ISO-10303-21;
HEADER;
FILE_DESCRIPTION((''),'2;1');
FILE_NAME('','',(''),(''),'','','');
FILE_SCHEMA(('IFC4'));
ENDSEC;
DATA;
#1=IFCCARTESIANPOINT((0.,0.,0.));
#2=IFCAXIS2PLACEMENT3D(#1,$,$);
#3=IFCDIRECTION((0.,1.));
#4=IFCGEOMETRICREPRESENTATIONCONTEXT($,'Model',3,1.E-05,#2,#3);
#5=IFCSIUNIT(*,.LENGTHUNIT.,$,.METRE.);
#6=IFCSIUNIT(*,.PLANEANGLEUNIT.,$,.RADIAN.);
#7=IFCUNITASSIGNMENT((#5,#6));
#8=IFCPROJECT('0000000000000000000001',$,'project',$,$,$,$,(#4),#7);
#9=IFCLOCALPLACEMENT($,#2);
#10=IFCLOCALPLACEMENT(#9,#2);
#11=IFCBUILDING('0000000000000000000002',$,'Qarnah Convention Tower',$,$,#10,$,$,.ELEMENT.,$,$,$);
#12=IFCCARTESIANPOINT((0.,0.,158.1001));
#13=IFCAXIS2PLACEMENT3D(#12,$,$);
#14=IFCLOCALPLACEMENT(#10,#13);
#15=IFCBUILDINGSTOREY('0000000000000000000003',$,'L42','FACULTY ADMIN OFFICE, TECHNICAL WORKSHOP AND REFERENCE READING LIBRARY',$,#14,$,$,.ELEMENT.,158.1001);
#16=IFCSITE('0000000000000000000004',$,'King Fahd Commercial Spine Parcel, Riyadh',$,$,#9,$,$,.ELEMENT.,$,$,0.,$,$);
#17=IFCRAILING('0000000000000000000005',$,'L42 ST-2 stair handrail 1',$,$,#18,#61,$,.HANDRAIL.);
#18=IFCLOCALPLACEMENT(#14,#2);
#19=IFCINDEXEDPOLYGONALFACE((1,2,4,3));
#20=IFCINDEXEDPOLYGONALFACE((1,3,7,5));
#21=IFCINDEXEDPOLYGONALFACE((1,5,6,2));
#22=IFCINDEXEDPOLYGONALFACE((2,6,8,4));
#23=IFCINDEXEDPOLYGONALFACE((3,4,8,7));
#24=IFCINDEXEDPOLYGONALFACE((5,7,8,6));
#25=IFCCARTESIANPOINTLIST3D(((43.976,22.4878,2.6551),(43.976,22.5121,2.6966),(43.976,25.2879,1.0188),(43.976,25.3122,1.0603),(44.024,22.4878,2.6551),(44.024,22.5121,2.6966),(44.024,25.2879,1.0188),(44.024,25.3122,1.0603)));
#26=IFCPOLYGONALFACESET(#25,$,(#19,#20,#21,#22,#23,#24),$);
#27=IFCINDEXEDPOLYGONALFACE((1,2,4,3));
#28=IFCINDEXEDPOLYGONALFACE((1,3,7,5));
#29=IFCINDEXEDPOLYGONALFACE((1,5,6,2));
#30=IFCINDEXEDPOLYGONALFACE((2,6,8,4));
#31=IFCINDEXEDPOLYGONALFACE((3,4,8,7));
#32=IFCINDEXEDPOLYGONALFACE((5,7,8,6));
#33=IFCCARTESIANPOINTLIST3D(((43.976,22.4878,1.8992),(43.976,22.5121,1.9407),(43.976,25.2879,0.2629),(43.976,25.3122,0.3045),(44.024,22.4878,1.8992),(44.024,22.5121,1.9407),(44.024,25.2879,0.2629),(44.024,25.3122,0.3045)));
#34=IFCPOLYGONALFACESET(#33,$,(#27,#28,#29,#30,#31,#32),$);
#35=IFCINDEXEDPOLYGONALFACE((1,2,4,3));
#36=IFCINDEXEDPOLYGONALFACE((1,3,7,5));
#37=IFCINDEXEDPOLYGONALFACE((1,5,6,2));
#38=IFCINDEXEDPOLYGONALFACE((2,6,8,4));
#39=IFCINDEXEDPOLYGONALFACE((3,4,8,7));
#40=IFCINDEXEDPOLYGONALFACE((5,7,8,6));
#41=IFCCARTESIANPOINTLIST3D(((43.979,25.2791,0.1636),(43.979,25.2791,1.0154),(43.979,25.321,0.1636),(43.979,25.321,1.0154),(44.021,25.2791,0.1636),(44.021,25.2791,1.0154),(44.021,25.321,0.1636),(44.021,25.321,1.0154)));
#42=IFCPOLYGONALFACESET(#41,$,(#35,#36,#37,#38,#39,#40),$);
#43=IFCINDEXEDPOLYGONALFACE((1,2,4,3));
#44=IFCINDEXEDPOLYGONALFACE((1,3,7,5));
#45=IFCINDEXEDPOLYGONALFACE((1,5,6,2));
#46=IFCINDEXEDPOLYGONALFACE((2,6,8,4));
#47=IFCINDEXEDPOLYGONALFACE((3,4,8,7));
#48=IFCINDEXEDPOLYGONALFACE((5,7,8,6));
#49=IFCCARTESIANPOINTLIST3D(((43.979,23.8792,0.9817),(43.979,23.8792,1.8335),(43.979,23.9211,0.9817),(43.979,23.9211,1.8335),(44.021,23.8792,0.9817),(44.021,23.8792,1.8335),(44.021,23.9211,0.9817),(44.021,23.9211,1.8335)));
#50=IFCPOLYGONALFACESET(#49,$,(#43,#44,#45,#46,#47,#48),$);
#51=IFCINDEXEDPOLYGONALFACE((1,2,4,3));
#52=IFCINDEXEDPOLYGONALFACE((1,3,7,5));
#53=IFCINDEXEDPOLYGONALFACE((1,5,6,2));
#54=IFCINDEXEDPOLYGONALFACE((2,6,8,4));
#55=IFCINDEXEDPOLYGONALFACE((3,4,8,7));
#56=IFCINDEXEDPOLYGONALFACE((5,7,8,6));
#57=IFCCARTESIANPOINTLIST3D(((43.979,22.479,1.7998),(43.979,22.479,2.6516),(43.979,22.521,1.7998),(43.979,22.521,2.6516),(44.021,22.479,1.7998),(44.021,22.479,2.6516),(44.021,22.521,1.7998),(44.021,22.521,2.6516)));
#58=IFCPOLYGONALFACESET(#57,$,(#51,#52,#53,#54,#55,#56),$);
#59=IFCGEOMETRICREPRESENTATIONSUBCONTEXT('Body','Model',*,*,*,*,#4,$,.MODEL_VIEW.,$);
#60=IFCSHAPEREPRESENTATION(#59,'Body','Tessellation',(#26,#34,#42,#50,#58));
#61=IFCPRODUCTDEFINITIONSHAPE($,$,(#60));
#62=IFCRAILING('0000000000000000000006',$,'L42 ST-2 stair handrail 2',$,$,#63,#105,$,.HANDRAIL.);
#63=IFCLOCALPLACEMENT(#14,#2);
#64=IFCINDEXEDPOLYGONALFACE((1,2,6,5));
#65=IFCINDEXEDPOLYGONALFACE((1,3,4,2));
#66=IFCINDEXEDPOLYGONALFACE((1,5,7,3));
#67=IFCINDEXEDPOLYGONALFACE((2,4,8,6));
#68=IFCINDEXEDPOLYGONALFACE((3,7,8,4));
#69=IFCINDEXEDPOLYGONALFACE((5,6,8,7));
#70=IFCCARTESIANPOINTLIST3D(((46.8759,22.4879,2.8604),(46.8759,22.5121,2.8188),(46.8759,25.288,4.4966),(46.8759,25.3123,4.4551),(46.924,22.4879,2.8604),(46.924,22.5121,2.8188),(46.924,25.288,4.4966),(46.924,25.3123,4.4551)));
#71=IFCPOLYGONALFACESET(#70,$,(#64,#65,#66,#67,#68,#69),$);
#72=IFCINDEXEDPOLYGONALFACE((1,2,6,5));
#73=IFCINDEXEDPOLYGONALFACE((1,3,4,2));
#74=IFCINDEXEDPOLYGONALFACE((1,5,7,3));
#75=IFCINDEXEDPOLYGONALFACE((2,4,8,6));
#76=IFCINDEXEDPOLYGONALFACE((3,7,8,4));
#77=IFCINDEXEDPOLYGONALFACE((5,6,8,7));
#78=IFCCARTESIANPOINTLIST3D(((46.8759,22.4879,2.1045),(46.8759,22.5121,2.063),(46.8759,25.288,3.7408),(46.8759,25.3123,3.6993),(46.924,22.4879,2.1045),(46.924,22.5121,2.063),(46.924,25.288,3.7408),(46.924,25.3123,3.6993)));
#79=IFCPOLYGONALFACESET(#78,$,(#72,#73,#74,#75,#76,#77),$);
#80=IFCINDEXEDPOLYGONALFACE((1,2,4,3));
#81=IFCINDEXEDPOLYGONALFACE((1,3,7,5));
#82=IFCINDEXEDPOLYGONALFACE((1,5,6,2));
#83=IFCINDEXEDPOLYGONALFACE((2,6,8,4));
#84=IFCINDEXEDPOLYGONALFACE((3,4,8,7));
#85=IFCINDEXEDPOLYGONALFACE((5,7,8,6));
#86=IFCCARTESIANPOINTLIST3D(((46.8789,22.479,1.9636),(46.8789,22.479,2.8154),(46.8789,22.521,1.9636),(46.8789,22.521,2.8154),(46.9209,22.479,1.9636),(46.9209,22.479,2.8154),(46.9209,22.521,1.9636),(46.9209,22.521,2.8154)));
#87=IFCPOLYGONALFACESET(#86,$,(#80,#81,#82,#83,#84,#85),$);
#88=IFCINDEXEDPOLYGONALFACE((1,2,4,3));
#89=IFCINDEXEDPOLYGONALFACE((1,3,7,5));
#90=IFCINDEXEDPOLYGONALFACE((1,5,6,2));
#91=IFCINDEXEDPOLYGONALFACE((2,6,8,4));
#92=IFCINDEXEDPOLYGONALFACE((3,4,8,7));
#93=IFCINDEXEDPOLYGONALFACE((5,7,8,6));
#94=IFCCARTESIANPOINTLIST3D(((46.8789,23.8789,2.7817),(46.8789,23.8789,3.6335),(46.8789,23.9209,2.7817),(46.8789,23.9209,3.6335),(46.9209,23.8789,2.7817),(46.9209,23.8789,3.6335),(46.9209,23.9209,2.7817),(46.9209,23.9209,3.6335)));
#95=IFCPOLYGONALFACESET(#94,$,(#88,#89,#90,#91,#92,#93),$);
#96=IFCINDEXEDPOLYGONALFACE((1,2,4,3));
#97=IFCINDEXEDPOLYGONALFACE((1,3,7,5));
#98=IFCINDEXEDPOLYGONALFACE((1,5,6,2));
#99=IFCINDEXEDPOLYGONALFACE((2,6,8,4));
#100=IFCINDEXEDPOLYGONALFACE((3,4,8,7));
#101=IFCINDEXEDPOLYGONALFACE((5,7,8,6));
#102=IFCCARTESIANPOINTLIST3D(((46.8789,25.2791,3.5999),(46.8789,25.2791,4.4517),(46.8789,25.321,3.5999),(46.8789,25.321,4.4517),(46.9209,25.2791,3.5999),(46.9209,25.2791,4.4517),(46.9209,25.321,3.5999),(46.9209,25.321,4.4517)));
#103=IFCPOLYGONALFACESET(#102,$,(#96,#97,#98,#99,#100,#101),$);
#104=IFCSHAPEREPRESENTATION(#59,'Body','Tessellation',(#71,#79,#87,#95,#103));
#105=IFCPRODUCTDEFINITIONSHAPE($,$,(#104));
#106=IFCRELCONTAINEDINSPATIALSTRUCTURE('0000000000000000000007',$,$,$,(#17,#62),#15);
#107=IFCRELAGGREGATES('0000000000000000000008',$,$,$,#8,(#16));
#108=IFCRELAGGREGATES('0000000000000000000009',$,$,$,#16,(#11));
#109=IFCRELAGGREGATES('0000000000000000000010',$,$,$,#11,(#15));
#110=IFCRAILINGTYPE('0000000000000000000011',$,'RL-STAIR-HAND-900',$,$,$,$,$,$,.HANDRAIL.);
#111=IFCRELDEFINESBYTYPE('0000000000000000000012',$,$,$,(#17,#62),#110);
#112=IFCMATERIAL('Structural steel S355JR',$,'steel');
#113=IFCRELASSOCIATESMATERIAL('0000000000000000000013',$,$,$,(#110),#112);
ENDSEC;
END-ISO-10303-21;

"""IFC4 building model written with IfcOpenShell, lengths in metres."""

from ifc_helpers import new_model, si_unit, direction, frame, origin, origin_2d, place, context, subcontext, project, spatial, rectangle, extrude, material, type_object, element, save


model = new_model("IFC4")

# Units and contexts
model_context = context("Model", 3, precision=1e-05, world=origin(), true_north=direction((0.0, 1.0)))
body_context = subcontext(model_context, "Body", "Model", "MODEL_VIEW")
ifc_project = project(units=[si_unit("LENGTHUNIT", "METRE"), si_unit("PLANEANGLEUNIT", "RADIAN")], contexts=[model_context])

# Site, building, storey
site_placement = place(None, origin())
site = spatial("IfcSite", under=ifc_project, at=site_placement, Name="King Fahd Commercial Spine Parcel, Riyadh", CompositionType="ELEMENT", RefElevation=0.0)
building_placement = place(site_placement, origin())
building = spatial("IfcBuilding", under=site, at=building_placement, Name="Qarnah Convention Tower", CompositionType="ELEMENT")
storey_placement = place(building_placement, frame((0.0, 0.0, 158.1001)))
storey = spatial("IfcBuildingStorey", under=building, at=storey_placement, Name="L42", Description="FACULTY ADMIN OFFICE, TECHNICAL WORKSHOP AND REFERENCE READING LIBRARY", CompositionType="ELEMENT", Elevation=158.1001)

# Shared definitions
ifc_material_1 = material(Name="Structural steel S355JR", Category="steel")

# Railings
railing_type_1 = type_object("IfcRailingType", Name="RL-STAIR-HAND-900", PredefinedType="HANDRAIL", material=ifc_material_1)
railing_1_placement = place(storey_placement, frame((44.0, 25.3, 0.1636)))
element("IfcRailing", 1, at=railing_1_placement, inside=storey, type_object=railing_type_1, Name="L42 ST-2 stair handrail 1", PredefinedType="HANDRAIL", context=body_context, shape_type="SweptSolid", body=[
    extrude(rectangle(XDim=0.0481, YDim=0.0481, at=origin_2d()), frame((0.0, 0.0, 0.876), z_axis=(0.0, -0.863394, 0.504531), x_axis=(1.0, 0.0, 0.0)), (0.0, 0.0, 1.0), 3.2432),
    extrude(rectangle(XDim=0.0481, YDim=0.0481, at=origin_2d()), frame((0.0, 0.0, 0.1201), z_axis=(0.0, -0.863394, 0.504531), x_axis=(1.0, 0.0, 0.0)), (0.0, 0.0, 1.0), 3.2432),
    extrude(rectangle(XDim=0.042, YDim=0.042, at=origin_2d()), origin(), (0.0, 0.0, 1.0), 0.8518),
    extrude(rectangle(XDim=0.042, YDim=0.042, at=origin_2d()), frame((0.0, -1.3999, 0.8181)), (0.0, 0.0, 1.0), 0.8518),
    extrude(rectangle(XDim=0.042, YDim=0.042, at=origin_2d()), frame((0.0, -2.8, 1.6362)), (0.0, 0.0, 1.0), 0.8518),
])
railing_2_placement = place(storey_placement, frame((46.8999, 22.5, 1.9636)))
element("IfcRailing", 2, at=railing_2_placement, inside=storey, type_object=railing_type_1, Name="L42 ST-2 stair handrail 2", PredefinedType="HANDRAIL", context=body_context, shape_type="SweptSolid", body=[
    extrude(rectangle(XDim=0.0481, YDim=0.0481, at=origin_2d()), frame((0.0, 0.0, 0.876), z_axis=(0.0, 0.863394, 0.504531), x_axis=(-1.0, 0.0, 0.0)), (0.0, 0.0, 1.0), 3.2432),
    extrude(rectangle(XDim=0.0481, YDim=0.0481, at=origin_2d()), frame((0.0, 0.0, 0.1201), z_axis=(0.0, 0.863394, 0.504531), x_axis=(-1.0, 0.0, 0.0)), (0.0, 0.0, 1.0), 3.2432),
    extrude(rectangle(XDim=0.042, YDim=0.042, at=origin_2d()), origin(), (0.0, 0.0, 1.0), 0.8518),
    extrude(rectangle(XDim=0.042, YDim=0.042, at=origin_2d()), frame((0.0, 1.3999, 0.8181)), (0.0, 0.0, 1.0), 0.8518),
    extrude(rectangle(XDim=0.042, YDim=0.042, at=origin_2d()), frame((0.0, 2.8, 1.6362)), (0.0, 0.0, 1.0), 0.8518),
])

save(model, "model.ifc")
